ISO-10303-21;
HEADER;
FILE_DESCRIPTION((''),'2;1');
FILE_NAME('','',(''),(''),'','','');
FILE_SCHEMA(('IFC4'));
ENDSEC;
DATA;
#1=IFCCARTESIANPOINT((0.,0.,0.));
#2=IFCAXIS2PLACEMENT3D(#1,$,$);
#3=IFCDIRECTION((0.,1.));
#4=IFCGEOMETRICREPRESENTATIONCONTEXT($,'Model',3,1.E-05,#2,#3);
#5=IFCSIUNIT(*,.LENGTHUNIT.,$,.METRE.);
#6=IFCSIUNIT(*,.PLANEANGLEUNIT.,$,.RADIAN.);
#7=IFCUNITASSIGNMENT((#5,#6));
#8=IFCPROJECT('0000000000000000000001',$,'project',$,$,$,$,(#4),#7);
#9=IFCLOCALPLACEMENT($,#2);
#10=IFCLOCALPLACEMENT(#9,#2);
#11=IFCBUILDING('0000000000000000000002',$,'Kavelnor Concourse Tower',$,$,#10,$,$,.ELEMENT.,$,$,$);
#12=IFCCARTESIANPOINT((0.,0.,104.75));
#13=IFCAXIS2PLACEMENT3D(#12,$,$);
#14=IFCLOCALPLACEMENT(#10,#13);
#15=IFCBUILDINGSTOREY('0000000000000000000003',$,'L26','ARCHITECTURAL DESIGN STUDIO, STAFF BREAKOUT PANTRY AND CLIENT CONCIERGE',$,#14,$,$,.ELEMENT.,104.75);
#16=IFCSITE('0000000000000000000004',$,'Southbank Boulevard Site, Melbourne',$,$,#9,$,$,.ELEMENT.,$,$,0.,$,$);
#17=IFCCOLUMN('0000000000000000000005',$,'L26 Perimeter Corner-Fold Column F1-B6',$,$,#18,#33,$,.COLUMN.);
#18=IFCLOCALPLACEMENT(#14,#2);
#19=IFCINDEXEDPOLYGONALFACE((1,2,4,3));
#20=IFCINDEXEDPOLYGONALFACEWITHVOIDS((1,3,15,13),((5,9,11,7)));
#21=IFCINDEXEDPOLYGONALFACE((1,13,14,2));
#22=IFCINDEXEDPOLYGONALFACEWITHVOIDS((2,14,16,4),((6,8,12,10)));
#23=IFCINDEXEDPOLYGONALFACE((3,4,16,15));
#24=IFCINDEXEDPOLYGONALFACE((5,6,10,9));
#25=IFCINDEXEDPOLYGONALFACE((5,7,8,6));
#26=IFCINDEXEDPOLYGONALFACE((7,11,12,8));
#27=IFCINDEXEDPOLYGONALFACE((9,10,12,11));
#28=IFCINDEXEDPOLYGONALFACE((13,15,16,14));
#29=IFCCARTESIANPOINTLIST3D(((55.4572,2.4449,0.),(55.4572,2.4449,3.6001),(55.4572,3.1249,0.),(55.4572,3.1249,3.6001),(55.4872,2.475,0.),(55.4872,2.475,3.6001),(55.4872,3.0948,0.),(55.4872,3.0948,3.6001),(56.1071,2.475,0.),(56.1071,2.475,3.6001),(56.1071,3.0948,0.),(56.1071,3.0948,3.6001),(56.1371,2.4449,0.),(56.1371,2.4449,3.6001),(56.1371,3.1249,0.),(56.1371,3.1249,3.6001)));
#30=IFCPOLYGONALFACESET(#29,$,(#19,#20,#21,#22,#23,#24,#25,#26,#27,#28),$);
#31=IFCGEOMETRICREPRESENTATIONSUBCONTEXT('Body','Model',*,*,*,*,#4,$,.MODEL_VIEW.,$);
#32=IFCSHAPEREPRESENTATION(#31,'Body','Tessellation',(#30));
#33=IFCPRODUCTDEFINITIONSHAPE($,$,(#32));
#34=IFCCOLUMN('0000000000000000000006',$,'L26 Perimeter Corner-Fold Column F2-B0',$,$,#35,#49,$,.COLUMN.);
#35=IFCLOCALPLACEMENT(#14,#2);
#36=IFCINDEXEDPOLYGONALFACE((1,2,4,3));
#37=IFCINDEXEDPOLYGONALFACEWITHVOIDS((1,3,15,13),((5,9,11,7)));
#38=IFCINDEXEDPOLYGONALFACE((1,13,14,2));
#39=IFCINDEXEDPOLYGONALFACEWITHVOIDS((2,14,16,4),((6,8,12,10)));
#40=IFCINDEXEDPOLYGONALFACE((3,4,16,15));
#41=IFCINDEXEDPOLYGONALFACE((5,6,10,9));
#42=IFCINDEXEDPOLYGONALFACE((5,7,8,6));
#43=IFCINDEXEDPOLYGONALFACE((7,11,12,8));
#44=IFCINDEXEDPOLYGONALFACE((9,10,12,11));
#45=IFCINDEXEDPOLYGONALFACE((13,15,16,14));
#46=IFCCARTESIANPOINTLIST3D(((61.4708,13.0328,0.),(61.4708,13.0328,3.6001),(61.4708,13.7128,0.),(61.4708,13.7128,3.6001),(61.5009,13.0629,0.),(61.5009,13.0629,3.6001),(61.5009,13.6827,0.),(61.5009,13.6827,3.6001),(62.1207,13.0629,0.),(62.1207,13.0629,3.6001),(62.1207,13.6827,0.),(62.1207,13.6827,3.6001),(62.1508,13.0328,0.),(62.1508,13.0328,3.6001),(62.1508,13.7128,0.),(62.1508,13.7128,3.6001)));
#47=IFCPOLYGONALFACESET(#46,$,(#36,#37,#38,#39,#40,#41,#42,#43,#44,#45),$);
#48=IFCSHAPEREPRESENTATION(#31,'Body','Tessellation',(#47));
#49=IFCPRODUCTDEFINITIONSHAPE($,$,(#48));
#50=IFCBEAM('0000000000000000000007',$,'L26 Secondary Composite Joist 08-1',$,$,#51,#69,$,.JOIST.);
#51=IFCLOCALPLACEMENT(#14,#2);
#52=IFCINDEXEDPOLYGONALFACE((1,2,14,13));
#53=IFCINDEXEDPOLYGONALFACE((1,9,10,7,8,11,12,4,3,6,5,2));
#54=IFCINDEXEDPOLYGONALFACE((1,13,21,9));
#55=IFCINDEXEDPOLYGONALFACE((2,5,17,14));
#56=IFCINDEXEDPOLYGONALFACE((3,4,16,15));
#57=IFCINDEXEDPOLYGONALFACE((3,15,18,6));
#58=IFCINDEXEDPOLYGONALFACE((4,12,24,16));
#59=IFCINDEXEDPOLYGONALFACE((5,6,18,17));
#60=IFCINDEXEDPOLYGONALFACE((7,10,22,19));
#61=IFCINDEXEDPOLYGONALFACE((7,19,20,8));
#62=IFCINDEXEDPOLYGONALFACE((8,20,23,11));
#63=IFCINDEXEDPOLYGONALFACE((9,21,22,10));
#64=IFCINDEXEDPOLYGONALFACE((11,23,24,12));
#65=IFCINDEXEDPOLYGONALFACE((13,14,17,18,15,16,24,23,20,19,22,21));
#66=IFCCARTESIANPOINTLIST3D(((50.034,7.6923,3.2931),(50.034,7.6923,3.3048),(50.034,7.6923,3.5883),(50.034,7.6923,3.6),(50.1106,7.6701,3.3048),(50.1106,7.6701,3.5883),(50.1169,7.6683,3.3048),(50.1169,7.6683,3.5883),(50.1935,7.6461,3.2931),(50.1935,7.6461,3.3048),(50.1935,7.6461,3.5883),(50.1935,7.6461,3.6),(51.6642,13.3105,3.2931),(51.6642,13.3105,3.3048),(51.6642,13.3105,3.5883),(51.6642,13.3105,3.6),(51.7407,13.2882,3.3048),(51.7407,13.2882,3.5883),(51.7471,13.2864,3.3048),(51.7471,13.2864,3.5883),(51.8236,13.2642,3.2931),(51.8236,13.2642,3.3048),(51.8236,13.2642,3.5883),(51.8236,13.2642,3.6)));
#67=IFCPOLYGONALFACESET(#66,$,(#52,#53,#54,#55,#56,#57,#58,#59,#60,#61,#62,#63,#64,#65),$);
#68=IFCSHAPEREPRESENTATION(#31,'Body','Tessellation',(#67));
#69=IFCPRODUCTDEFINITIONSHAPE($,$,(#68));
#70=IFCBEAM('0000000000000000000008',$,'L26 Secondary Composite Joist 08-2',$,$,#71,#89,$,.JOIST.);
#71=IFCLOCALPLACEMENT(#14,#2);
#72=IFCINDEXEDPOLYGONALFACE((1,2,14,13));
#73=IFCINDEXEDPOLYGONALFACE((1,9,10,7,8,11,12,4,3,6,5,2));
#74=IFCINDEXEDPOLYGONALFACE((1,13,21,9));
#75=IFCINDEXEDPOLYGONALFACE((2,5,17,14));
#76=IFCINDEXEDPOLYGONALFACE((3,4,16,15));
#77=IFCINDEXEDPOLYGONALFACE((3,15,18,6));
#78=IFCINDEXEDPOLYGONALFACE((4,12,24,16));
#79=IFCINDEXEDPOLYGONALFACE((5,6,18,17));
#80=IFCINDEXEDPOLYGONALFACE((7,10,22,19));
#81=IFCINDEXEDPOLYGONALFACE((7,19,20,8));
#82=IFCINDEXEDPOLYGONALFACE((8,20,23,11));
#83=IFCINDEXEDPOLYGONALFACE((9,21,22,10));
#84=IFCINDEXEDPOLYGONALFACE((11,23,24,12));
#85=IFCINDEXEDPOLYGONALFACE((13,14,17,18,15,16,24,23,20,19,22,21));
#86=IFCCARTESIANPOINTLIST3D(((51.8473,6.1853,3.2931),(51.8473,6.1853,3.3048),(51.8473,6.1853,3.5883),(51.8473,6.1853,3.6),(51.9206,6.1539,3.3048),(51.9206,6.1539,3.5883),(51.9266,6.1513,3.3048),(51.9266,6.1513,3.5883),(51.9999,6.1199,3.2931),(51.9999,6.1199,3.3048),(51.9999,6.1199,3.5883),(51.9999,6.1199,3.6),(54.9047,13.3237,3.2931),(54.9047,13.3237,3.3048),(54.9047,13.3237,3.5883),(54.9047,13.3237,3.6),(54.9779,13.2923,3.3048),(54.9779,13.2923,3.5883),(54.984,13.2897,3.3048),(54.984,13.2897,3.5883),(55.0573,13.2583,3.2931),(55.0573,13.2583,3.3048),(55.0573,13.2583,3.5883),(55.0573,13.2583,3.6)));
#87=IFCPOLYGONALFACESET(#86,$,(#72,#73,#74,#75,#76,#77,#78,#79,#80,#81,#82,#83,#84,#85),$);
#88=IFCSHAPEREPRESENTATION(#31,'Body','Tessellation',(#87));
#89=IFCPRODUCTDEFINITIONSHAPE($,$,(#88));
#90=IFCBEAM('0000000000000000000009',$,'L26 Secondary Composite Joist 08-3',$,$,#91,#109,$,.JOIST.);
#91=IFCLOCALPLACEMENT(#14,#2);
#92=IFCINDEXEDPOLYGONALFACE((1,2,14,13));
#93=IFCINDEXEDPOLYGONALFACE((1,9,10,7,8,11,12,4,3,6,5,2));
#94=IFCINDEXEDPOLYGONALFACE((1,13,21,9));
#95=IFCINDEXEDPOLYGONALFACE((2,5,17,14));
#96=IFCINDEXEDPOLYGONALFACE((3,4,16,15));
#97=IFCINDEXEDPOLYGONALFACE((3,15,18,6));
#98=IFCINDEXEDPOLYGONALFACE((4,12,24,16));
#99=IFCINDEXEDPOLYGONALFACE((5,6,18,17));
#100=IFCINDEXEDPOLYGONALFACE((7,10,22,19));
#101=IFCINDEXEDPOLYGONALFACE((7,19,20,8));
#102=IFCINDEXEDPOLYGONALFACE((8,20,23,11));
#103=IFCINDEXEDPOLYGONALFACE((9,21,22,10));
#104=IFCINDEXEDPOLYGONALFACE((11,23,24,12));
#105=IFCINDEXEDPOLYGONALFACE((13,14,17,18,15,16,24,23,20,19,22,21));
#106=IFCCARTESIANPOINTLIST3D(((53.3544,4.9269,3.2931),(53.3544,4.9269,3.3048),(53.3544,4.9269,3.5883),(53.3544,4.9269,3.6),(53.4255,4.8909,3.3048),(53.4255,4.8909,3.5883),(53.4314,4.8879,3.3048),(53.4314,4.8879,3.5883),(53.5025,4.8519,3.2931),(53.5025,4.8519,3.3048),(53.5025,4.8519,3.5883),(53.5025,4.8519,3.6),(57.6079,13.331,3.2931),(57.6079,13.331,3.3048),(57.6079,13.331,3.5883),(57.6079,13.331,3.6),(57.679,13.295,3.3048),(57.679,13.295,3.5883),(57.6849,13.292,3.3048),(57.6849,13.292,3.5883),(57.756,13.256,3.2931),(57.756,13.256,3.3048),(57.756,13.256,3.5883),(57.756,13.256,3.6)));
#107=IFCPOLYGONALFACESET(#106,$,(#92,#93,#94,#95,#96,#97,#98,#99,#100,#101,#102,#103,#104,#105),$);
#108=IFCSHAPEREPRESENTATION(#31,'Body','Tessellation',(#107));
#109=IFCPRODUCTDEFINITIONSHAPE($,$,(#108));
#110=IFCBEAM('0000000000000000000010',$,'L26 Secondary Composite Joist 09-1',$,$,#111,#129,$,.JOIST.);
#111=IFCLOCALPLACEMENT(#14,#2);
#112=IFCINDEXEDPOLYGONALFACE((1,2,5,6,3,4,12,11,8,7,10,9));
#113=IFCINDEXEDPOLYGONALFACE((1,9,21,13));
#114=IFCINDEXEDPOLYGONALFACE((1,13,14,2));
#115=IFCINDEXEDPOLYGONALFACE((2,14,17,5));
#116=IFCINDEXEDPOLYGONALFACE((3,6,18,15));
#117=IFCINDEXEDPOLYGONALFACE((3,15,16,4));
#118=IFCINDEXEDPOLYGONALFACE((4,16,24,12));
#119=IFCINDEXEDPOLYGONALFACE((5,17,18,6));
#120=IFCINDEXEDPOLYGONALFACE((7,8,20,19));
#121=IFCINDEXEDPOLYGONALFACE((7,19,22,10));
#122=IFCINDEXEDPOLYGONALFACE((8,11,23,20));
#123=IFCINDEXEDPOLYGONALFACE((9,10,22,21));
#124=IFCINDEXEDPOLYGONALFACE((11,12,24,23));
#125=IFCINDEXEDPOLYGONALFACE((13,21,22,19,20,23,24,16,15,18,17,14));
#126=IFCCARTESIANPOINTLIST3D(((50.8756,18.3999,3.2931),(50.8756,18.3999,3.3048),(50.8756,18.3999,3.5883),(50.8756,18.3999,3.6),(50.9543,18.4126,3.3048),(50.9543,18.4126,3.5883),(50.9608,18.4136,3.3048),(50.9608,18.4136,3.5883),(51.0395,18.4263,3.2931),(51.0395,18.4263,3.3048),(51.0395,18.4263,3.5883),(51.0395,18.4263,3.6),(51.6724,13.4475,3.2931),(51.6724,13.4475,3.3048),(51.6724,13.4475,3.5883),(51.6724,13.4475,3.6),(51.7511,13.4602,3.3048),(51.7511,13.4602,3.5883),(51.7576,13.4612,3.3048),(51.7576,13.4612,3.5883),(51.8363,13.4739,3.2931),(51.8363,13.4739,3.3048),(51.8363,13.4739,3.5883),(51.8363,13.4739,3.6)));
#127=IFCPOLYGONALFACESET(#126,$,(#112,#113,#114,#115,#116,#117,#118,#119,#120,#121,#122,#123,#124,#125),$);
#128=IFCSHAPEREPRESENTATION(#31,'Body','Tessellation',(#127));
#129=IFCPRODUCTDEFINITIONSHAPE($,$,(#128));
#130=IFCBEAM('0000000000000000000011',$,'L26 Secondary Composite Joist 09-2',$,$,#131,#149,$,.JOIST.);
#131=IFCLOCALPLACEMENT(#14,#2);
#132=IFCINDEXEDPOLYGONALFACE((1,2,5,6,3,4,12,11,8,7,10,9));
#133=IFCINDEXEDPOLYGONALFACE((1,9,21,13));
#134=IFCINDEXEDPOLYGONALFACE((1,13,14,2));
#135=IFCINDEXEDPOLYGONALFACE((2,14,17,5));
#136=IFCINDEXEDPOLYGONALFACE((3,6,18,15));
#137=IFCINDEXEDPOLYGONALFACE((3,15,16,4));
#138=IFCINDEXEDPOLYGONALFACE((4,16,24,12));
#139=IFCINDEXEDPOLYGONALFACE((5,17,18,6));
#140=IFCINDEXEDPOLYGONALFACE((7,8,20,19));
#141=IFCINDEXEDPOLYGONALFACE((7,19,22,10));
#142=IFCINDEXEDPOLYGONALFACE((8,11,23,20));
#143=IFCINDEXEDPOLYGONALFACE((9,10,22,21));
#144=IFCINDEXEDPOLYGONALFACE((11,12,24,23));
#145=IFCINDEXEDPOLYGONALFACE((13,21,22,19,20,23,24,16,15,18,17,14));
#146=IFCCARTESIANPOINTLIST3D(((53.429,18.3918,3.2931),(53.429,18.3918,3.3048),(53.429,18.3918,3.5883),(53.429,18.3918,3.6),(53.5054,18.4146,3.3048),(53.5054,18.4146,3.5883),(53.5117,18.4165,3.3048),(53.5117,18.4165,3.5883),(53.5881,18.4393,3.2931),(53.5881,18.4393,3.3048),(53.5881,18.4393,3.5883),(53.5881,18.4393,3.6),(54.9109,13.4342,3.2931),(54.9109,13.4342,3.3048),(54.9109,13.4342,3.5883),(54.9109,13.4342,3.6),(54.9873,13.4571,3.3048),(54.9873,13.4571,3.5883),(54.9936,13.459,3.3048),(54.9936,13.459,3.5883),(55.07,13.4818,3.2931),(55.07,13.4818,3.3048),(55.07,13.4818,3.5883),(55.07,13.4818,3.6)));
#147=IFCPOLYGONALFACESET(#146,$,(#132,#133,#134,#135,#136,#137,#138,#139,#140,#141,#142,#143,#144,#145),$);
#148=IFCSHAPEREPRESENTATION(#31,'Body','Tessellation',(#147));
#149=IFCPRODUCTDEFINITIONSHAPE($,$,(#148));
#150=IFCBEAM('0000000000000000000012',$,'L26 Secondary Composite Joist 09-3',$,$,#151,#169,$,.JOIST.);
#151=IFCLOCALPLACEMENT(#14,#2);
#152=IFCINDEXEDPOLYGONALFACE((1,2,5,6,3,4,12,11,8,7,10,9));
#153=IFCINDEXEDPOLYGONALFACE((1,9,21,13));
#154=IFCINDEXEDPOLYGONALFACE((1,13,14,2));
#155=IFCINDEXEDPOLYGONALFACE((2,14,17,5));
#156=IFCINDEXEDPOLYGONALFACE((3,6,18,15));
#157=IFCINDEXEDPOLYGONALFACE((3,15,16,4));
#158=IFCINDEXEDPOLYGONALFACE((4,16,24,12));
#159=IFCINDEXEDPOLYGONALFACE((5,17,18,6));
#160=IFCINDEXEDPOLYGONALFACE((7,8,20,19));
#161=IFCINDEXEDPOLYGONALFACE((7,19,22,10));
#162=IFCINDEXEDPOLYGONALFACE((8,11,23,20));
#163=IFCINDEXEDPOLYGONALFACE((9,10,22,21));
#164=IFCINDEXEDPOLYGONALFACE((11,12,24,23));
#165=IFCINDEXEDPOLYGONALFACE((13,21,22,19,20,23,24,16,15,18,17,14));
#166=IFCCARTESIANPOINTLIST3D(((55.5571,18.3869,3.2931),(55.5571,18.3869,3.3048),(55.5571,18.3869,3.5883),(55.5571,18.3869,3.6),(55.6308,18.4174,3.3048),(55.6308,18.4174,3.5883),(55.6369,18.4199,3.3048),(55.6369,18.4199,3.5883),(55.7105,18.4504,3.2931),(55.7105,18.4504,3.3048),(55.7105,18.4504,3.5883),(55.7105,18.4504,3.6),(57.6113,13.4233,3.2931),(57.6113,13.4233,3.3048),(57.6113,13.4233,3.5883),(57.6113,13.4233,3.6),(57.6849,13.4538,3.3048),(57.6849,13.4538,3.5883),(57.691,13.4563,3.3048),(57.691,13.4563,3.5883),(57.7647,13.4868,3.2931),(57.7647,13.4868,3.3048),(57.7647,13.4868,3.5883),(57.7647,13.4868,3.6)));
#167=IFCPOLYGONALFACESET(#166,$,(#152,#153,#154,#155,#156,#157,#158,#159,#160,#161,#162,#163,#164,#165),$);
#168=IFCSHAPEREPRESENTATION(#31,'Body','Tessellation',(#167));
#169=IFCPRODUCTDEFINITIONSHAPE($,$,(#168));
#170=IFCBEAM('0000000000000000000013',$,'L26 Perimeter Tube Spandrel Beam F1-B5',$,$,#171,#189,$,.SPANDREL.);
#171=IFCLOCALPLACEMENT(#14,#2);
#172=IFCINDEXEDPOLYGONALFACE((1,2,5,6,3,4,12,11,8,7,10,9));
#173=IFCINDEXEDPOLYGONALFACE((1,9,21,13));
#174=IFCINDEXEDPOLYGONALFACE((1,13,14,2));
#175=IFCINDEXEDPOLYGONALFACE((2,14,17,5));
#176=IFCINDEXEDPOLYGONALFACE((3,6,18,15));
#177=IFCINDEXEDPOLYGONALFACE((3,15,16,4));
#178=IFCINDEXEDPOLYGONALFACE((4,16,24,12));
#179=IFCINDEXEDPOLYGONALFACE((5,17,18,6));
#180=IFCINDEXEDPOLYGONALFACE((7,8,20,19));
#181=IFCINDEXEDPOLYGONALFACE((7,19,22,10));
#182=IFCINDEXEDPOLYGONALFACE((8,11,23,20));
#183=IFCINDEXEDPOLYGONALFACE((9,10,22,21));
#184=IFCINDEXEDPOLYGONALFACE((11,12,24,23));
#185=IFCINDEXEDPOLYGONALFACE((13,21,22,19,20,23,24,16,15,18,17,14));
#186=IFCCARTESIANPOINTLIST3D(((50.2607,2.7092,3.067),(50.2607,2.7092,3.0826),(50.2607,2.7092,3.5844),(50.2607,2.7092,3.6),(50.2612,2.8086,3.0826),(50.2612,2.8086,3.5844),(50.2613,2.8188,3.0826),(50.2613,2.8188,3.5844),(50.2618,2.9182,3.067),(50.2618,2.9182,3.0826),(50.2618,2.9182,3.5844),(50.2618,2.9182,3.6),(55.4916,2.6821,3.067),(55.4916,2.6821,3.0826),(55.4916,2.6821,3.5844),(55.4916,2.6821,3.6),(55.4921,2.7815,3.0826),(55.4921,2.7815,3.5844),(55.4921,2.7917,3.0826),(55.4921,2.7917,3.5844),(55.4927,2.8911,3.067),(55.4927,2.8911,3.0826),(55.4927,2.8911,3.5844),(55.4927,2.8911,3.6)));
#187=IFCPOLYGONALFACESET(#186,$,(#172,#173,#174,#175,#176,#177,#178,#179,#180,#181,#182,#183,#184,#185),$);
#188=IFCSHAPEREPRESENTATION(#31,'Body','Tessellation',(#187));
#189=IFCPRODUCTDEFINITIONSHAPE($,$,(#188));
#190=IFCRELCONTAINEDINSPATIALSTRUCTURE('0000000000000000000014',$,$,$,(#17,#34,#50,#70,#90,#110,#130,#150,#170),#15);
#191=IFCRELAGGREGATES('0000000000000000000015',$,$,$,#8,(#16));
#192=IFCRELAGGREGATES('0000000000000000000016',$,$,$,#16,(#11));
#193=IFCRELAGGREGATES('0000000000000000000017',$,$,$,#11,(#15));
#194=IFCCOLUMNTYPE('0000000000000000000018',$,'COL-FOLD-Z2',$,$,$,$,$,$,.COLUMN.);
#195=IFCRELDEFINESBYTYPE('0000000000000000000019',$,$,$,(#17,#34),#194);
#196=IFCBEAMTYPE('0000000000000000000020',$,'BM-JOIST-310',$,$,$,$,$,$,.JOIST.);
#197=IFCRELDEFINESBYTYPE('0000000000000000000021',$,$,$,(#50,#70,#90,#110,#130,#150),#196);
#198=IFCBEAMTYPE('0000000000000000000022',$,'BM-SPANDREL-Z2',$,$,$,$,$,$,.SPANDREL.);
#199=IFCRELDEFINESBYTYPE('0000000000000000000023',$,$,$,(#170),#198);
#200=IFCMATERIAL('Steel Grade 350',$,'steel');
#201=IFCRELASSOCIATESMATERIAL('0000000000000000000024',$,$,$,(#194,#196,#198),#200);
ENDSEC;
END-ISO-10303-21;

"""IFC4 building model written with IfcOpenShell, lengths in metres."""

from ifc_helpers import new_model, si_unit, direction, frame, origin, origin_2d, place, context, subcontext, project, spatial, hollow_rectangle, i_section, extrude, material, material_profile, profile_set, type_object, element, save


model = new_model("IFC4")

# Units and contexts
model_context = context("Model", 3, precision=1e-05, world=origin(), true_north=direction((0.0, 1.0)))
body_context = subcontext(model_context, "Body", "Model", "MODEL_VIEW")
ifc_project = project(units=[si_unit("LENGTHUNIT", "METRE"), si_unit("PLANEANGLEUNIT", "RADIAN")], contexts=[model_context])

# Site, building, storey
site_placement = place(None, origin())
site = spatial("IfcSite", under=ifc_project, at=site_placement, Name="Southbank Boulevard Site, Melbourne", CompositionType="ELEMENT", RefElevation=0.0)
building_placement = place(site_placement, origin())
building = spatial("IfcBuilding", under=site, at=building_placement, Name="Kavelnor Concourse Tower", CompositionType="ELEMENT")
storey_placement = place(building_placement, frame((0.0, 0.0, 104.75)))
storey = spatial("IfcBuildingStorey", under=building, at=storey_placement, Name="L26", Description="ARCHITECTURAL DESIGN STUDIO, STAFF BREAKOUT PANTRY AND CLIENT CONCIERGE", CompositionType="ELEMENT", Elevation=104.75)

# Columns
ifc_material_1 = material(Name="Steel Grade 350", Category="steel")
ifc_material_profile_1 = material_profile(ifc_material_1, hollow_rectangle(XDim=0.6799, YDim=0.6799, WallThickness=0.03, at=origin_2d()), Name="SHS 680x680x30")
ifc_profile_set_1 = profile_set([ifc_material_profile_1], Name="Steel Grade 350")
column_type = type_object("IfcColumnType", Name="COL-FOLD-Z2", PredefinedType="COLUMN", material=ifc_profile_set_1)
for number, where, z_axis, x_axis, name in (
    (1, (55.7971, 2.7849, 0.0), (0.0, 0.0, 1.0), (1.0, 0.0, 0.0), "L26 Perimeter Corner-Fold Column F1-B6"),
    (2, (61.8108, 13.3728, 0.0), (0.0, 0.0, 1.0), (1.0, 0.0, 0.0), "L26 Perimeter Corner-Fold Column F2-B0"),
):
    element("IfcColumn", number, at=place(storey_placement, frame(where, z_axis=z_axis, x_axis=x_axis)), inside=storey, type_object=column_type, Name=name, PredefinedType="COLUMN", context=body_context, shape_type="SweptSolid", body=[
        extrude(hollow_rectangle(XDim=0.6799, YDim=0.6799, WallThickness=0.03, at=origin_2d()), origin(), (0.0, 0.0, 1.0), 3.6001),
    ])

# Beams
ifc_material_profile_2 = material_profile(ifc_material_1, i_section(OverallWidth=0.166, OverallDepth=0.3069, WebThickness=0.0066, FlangeThickness=0.0117, at=origin_2d()), Name="310UB46")
ifc_profile_set_2 = profile_set([ifc_material_profile_2], Name="Steel Grade 350")
beam_type_1 = type_object("IfcBeamType", Name="BM-JOIST-310", PredefinedType="JOIST", material=ifc_profile_set_2)
beam_1_placement = place(storey_placement, frame((50.1138, 7.6692, 3.4465), z_axis=(0.27866, 0.96039, 0.0), x_axis=(-0.96039, 0.27866, 0.0)))
element("IfcBeam", 3, at=beam_1_placement, inside=storey, type_object=beam_type_1, Name="L26 Secondary Composite Joist 08-1", PredefinedType="JOIST", context=body_context, shape_type="SweptSolid", body=[
    extrude(i_section(OverallWidth=0.166, OverallDepth=0.3069, WebThickness=0.0066, FlangeThickness=0.0117, at=origin_2d()), origin(), (0.0, 0.0, 1.0), 5.8499),
])
beam_2_placement = place(storey_placement, frame((51.9236, 6.1526, 3.4465), z_axis=(0.393707, 0.919236, 0.0), x_axis=(-0.919236, 0.393707, 0.0)))
element("IfcBeam", 4, at=beam_2_placement, inside=storey, type_object=beam_type_1, Name="L26 Secondary Composite Joist 08-2", PredefinedType="JOIST", context=body_context, shape_type="SweptSolid", body=[
    extrude(i_section(OverallWidth=0.166, OverallDepth=0.3069, WebThickness=0.0066, FlangeThickness=0.0117, at=origin_2d()), origin(), (0.0, 0.0, 1.0), 7.7656),
])
beam_3_placement = place(storey_placement, frame((53.4285, 4.8894, 3.4465), z_axis=(0.451573, 0.892234, 0.0), x_axis=(-0.892234, 0.451573, 0.0)))
element("IfcBeam", 5, at=beam_3_placement, inside=storey, type_object=beam_type_1, Name="L26 Secondary Composite Joist 08-3", PredefinedType="JOIST", context=body_context, shape_type="SweptSolid", body=[
    extrude(i_section(OverallWidth=0.166, OverallDepth=0.3069, WebThickness=0.0066, FlangeThickness=0.0117, at=origin_2d()), origin(), (0.0, 0.0, 1.0), 9.4192),
])
beam_4_placement = place(storey_placement, frame((51.7544, 13.4607, 3.4465), z_axis=(-0.158864, 0.987301, 0.0), x_axis=(-0.987301, -0.158864, 0.0)))
element("IfcBeam", 6, at=beam_4_placement, inside=storey, type_object=beam_type_1, Name="L26 Secondary Composite Joist 09-1", PredefinedType="JOIST", context=body_context, shape_type="SweptSolid", body=[
    extrude(i_section(OverallWidth=0.166, OverallDepth=0.3069, WebThickness=0.0066, FlangeThickness=0.0117, at=origin_2d()), origin(), (0.0, 0.0, 1.0), 5.0161),
])
beam_5_placement = place(storey_placement, frame((54.9905, 13.458, 3.4465), z_axis=(-0.286404, 0.958109, 0.0), x_axis=(-0.958109, -0.286404, 0.0)))
element("IfcBeam", 7, at=beam_5_placement, inside=storey, type_object=beam_type_1, Name="L26 Secondary Composite Joist 09-2", PredefinedType="JOIST", context=body_context, shape_type="SweptSolid", body=[
    extrude(i_section(OverallWidth=0.166, OverallDepth=0.3069, WebThickness=0.0066, FlangeThickness=0.0117, at=origin_2d()), origin(), (0.0, 0.0, 1.0), 5.1743),
])
beam_6_placement = place(storey_placement, frame((57.688, 13.4551, 3.4465), z_axis=(-0.382397, 0.923998, 0.0), x_axis=(-0.923998, -0.382397, 0.0)))
element("IfcBeam", 8, at=beam_6_placement, inside=storey, type_object=beam_type_1, Name="L26 Secondary Composite Joist 09-3", PredefinedType="JOIST", context=body_context, shape_type="SweptSolid", body=[
    extrude(i_section(OverallWidth=0.166, OverallDepth=0.3069, WebThickness=0.0066, FlangeThickness=0.0117, at=origin_2d()), origin(), (0.0, 0.0, 1.0), 5.3718),
])
ifc_material_profile_3 = material_profile(ifc_material_1, i_section(OverallWidth=0.209, OverallDepth=0.533, WebThickness=0.0103, FlangeThickness=0.0156, at=origin_2d()), Name="530UB92")
ifc_profile_set_3 = profile_set([ifc_material_profile_3], Name="Steel Grade 350")
beam_type_2 = type_object("IfcBeamType", Name="BM-SPANDREL-Z2", PredefinedType="SPANDREL", material=ifc_profile_set_3)
beam_7_placement = place(storey_placement, frame((50.2612, 2.8137, 3.3335), z_axis=(0.999987, -0.005181, 0.0), x_axis=(0.005181, 0.999987, 0.0)))
element("IfcBeam", 9, at=beam_7_placement, inside=storey, type_object=beam_type_2, Name="L26 Perimeter Tube Spandrel Beam F1-B5", PredefinedType="SPANDREL", context=body_context, shape_type="SweptSolid", body=[
    extrude(i_section(OverallWidth=0.209, OverallDepth=0.533, WebThickness=0.0103, FlangeThickness=0.0156, at=origin_2d()), origin(), (0.0, 0.0, 1.0), 5.231),
])

save(model, "model.ifc")
